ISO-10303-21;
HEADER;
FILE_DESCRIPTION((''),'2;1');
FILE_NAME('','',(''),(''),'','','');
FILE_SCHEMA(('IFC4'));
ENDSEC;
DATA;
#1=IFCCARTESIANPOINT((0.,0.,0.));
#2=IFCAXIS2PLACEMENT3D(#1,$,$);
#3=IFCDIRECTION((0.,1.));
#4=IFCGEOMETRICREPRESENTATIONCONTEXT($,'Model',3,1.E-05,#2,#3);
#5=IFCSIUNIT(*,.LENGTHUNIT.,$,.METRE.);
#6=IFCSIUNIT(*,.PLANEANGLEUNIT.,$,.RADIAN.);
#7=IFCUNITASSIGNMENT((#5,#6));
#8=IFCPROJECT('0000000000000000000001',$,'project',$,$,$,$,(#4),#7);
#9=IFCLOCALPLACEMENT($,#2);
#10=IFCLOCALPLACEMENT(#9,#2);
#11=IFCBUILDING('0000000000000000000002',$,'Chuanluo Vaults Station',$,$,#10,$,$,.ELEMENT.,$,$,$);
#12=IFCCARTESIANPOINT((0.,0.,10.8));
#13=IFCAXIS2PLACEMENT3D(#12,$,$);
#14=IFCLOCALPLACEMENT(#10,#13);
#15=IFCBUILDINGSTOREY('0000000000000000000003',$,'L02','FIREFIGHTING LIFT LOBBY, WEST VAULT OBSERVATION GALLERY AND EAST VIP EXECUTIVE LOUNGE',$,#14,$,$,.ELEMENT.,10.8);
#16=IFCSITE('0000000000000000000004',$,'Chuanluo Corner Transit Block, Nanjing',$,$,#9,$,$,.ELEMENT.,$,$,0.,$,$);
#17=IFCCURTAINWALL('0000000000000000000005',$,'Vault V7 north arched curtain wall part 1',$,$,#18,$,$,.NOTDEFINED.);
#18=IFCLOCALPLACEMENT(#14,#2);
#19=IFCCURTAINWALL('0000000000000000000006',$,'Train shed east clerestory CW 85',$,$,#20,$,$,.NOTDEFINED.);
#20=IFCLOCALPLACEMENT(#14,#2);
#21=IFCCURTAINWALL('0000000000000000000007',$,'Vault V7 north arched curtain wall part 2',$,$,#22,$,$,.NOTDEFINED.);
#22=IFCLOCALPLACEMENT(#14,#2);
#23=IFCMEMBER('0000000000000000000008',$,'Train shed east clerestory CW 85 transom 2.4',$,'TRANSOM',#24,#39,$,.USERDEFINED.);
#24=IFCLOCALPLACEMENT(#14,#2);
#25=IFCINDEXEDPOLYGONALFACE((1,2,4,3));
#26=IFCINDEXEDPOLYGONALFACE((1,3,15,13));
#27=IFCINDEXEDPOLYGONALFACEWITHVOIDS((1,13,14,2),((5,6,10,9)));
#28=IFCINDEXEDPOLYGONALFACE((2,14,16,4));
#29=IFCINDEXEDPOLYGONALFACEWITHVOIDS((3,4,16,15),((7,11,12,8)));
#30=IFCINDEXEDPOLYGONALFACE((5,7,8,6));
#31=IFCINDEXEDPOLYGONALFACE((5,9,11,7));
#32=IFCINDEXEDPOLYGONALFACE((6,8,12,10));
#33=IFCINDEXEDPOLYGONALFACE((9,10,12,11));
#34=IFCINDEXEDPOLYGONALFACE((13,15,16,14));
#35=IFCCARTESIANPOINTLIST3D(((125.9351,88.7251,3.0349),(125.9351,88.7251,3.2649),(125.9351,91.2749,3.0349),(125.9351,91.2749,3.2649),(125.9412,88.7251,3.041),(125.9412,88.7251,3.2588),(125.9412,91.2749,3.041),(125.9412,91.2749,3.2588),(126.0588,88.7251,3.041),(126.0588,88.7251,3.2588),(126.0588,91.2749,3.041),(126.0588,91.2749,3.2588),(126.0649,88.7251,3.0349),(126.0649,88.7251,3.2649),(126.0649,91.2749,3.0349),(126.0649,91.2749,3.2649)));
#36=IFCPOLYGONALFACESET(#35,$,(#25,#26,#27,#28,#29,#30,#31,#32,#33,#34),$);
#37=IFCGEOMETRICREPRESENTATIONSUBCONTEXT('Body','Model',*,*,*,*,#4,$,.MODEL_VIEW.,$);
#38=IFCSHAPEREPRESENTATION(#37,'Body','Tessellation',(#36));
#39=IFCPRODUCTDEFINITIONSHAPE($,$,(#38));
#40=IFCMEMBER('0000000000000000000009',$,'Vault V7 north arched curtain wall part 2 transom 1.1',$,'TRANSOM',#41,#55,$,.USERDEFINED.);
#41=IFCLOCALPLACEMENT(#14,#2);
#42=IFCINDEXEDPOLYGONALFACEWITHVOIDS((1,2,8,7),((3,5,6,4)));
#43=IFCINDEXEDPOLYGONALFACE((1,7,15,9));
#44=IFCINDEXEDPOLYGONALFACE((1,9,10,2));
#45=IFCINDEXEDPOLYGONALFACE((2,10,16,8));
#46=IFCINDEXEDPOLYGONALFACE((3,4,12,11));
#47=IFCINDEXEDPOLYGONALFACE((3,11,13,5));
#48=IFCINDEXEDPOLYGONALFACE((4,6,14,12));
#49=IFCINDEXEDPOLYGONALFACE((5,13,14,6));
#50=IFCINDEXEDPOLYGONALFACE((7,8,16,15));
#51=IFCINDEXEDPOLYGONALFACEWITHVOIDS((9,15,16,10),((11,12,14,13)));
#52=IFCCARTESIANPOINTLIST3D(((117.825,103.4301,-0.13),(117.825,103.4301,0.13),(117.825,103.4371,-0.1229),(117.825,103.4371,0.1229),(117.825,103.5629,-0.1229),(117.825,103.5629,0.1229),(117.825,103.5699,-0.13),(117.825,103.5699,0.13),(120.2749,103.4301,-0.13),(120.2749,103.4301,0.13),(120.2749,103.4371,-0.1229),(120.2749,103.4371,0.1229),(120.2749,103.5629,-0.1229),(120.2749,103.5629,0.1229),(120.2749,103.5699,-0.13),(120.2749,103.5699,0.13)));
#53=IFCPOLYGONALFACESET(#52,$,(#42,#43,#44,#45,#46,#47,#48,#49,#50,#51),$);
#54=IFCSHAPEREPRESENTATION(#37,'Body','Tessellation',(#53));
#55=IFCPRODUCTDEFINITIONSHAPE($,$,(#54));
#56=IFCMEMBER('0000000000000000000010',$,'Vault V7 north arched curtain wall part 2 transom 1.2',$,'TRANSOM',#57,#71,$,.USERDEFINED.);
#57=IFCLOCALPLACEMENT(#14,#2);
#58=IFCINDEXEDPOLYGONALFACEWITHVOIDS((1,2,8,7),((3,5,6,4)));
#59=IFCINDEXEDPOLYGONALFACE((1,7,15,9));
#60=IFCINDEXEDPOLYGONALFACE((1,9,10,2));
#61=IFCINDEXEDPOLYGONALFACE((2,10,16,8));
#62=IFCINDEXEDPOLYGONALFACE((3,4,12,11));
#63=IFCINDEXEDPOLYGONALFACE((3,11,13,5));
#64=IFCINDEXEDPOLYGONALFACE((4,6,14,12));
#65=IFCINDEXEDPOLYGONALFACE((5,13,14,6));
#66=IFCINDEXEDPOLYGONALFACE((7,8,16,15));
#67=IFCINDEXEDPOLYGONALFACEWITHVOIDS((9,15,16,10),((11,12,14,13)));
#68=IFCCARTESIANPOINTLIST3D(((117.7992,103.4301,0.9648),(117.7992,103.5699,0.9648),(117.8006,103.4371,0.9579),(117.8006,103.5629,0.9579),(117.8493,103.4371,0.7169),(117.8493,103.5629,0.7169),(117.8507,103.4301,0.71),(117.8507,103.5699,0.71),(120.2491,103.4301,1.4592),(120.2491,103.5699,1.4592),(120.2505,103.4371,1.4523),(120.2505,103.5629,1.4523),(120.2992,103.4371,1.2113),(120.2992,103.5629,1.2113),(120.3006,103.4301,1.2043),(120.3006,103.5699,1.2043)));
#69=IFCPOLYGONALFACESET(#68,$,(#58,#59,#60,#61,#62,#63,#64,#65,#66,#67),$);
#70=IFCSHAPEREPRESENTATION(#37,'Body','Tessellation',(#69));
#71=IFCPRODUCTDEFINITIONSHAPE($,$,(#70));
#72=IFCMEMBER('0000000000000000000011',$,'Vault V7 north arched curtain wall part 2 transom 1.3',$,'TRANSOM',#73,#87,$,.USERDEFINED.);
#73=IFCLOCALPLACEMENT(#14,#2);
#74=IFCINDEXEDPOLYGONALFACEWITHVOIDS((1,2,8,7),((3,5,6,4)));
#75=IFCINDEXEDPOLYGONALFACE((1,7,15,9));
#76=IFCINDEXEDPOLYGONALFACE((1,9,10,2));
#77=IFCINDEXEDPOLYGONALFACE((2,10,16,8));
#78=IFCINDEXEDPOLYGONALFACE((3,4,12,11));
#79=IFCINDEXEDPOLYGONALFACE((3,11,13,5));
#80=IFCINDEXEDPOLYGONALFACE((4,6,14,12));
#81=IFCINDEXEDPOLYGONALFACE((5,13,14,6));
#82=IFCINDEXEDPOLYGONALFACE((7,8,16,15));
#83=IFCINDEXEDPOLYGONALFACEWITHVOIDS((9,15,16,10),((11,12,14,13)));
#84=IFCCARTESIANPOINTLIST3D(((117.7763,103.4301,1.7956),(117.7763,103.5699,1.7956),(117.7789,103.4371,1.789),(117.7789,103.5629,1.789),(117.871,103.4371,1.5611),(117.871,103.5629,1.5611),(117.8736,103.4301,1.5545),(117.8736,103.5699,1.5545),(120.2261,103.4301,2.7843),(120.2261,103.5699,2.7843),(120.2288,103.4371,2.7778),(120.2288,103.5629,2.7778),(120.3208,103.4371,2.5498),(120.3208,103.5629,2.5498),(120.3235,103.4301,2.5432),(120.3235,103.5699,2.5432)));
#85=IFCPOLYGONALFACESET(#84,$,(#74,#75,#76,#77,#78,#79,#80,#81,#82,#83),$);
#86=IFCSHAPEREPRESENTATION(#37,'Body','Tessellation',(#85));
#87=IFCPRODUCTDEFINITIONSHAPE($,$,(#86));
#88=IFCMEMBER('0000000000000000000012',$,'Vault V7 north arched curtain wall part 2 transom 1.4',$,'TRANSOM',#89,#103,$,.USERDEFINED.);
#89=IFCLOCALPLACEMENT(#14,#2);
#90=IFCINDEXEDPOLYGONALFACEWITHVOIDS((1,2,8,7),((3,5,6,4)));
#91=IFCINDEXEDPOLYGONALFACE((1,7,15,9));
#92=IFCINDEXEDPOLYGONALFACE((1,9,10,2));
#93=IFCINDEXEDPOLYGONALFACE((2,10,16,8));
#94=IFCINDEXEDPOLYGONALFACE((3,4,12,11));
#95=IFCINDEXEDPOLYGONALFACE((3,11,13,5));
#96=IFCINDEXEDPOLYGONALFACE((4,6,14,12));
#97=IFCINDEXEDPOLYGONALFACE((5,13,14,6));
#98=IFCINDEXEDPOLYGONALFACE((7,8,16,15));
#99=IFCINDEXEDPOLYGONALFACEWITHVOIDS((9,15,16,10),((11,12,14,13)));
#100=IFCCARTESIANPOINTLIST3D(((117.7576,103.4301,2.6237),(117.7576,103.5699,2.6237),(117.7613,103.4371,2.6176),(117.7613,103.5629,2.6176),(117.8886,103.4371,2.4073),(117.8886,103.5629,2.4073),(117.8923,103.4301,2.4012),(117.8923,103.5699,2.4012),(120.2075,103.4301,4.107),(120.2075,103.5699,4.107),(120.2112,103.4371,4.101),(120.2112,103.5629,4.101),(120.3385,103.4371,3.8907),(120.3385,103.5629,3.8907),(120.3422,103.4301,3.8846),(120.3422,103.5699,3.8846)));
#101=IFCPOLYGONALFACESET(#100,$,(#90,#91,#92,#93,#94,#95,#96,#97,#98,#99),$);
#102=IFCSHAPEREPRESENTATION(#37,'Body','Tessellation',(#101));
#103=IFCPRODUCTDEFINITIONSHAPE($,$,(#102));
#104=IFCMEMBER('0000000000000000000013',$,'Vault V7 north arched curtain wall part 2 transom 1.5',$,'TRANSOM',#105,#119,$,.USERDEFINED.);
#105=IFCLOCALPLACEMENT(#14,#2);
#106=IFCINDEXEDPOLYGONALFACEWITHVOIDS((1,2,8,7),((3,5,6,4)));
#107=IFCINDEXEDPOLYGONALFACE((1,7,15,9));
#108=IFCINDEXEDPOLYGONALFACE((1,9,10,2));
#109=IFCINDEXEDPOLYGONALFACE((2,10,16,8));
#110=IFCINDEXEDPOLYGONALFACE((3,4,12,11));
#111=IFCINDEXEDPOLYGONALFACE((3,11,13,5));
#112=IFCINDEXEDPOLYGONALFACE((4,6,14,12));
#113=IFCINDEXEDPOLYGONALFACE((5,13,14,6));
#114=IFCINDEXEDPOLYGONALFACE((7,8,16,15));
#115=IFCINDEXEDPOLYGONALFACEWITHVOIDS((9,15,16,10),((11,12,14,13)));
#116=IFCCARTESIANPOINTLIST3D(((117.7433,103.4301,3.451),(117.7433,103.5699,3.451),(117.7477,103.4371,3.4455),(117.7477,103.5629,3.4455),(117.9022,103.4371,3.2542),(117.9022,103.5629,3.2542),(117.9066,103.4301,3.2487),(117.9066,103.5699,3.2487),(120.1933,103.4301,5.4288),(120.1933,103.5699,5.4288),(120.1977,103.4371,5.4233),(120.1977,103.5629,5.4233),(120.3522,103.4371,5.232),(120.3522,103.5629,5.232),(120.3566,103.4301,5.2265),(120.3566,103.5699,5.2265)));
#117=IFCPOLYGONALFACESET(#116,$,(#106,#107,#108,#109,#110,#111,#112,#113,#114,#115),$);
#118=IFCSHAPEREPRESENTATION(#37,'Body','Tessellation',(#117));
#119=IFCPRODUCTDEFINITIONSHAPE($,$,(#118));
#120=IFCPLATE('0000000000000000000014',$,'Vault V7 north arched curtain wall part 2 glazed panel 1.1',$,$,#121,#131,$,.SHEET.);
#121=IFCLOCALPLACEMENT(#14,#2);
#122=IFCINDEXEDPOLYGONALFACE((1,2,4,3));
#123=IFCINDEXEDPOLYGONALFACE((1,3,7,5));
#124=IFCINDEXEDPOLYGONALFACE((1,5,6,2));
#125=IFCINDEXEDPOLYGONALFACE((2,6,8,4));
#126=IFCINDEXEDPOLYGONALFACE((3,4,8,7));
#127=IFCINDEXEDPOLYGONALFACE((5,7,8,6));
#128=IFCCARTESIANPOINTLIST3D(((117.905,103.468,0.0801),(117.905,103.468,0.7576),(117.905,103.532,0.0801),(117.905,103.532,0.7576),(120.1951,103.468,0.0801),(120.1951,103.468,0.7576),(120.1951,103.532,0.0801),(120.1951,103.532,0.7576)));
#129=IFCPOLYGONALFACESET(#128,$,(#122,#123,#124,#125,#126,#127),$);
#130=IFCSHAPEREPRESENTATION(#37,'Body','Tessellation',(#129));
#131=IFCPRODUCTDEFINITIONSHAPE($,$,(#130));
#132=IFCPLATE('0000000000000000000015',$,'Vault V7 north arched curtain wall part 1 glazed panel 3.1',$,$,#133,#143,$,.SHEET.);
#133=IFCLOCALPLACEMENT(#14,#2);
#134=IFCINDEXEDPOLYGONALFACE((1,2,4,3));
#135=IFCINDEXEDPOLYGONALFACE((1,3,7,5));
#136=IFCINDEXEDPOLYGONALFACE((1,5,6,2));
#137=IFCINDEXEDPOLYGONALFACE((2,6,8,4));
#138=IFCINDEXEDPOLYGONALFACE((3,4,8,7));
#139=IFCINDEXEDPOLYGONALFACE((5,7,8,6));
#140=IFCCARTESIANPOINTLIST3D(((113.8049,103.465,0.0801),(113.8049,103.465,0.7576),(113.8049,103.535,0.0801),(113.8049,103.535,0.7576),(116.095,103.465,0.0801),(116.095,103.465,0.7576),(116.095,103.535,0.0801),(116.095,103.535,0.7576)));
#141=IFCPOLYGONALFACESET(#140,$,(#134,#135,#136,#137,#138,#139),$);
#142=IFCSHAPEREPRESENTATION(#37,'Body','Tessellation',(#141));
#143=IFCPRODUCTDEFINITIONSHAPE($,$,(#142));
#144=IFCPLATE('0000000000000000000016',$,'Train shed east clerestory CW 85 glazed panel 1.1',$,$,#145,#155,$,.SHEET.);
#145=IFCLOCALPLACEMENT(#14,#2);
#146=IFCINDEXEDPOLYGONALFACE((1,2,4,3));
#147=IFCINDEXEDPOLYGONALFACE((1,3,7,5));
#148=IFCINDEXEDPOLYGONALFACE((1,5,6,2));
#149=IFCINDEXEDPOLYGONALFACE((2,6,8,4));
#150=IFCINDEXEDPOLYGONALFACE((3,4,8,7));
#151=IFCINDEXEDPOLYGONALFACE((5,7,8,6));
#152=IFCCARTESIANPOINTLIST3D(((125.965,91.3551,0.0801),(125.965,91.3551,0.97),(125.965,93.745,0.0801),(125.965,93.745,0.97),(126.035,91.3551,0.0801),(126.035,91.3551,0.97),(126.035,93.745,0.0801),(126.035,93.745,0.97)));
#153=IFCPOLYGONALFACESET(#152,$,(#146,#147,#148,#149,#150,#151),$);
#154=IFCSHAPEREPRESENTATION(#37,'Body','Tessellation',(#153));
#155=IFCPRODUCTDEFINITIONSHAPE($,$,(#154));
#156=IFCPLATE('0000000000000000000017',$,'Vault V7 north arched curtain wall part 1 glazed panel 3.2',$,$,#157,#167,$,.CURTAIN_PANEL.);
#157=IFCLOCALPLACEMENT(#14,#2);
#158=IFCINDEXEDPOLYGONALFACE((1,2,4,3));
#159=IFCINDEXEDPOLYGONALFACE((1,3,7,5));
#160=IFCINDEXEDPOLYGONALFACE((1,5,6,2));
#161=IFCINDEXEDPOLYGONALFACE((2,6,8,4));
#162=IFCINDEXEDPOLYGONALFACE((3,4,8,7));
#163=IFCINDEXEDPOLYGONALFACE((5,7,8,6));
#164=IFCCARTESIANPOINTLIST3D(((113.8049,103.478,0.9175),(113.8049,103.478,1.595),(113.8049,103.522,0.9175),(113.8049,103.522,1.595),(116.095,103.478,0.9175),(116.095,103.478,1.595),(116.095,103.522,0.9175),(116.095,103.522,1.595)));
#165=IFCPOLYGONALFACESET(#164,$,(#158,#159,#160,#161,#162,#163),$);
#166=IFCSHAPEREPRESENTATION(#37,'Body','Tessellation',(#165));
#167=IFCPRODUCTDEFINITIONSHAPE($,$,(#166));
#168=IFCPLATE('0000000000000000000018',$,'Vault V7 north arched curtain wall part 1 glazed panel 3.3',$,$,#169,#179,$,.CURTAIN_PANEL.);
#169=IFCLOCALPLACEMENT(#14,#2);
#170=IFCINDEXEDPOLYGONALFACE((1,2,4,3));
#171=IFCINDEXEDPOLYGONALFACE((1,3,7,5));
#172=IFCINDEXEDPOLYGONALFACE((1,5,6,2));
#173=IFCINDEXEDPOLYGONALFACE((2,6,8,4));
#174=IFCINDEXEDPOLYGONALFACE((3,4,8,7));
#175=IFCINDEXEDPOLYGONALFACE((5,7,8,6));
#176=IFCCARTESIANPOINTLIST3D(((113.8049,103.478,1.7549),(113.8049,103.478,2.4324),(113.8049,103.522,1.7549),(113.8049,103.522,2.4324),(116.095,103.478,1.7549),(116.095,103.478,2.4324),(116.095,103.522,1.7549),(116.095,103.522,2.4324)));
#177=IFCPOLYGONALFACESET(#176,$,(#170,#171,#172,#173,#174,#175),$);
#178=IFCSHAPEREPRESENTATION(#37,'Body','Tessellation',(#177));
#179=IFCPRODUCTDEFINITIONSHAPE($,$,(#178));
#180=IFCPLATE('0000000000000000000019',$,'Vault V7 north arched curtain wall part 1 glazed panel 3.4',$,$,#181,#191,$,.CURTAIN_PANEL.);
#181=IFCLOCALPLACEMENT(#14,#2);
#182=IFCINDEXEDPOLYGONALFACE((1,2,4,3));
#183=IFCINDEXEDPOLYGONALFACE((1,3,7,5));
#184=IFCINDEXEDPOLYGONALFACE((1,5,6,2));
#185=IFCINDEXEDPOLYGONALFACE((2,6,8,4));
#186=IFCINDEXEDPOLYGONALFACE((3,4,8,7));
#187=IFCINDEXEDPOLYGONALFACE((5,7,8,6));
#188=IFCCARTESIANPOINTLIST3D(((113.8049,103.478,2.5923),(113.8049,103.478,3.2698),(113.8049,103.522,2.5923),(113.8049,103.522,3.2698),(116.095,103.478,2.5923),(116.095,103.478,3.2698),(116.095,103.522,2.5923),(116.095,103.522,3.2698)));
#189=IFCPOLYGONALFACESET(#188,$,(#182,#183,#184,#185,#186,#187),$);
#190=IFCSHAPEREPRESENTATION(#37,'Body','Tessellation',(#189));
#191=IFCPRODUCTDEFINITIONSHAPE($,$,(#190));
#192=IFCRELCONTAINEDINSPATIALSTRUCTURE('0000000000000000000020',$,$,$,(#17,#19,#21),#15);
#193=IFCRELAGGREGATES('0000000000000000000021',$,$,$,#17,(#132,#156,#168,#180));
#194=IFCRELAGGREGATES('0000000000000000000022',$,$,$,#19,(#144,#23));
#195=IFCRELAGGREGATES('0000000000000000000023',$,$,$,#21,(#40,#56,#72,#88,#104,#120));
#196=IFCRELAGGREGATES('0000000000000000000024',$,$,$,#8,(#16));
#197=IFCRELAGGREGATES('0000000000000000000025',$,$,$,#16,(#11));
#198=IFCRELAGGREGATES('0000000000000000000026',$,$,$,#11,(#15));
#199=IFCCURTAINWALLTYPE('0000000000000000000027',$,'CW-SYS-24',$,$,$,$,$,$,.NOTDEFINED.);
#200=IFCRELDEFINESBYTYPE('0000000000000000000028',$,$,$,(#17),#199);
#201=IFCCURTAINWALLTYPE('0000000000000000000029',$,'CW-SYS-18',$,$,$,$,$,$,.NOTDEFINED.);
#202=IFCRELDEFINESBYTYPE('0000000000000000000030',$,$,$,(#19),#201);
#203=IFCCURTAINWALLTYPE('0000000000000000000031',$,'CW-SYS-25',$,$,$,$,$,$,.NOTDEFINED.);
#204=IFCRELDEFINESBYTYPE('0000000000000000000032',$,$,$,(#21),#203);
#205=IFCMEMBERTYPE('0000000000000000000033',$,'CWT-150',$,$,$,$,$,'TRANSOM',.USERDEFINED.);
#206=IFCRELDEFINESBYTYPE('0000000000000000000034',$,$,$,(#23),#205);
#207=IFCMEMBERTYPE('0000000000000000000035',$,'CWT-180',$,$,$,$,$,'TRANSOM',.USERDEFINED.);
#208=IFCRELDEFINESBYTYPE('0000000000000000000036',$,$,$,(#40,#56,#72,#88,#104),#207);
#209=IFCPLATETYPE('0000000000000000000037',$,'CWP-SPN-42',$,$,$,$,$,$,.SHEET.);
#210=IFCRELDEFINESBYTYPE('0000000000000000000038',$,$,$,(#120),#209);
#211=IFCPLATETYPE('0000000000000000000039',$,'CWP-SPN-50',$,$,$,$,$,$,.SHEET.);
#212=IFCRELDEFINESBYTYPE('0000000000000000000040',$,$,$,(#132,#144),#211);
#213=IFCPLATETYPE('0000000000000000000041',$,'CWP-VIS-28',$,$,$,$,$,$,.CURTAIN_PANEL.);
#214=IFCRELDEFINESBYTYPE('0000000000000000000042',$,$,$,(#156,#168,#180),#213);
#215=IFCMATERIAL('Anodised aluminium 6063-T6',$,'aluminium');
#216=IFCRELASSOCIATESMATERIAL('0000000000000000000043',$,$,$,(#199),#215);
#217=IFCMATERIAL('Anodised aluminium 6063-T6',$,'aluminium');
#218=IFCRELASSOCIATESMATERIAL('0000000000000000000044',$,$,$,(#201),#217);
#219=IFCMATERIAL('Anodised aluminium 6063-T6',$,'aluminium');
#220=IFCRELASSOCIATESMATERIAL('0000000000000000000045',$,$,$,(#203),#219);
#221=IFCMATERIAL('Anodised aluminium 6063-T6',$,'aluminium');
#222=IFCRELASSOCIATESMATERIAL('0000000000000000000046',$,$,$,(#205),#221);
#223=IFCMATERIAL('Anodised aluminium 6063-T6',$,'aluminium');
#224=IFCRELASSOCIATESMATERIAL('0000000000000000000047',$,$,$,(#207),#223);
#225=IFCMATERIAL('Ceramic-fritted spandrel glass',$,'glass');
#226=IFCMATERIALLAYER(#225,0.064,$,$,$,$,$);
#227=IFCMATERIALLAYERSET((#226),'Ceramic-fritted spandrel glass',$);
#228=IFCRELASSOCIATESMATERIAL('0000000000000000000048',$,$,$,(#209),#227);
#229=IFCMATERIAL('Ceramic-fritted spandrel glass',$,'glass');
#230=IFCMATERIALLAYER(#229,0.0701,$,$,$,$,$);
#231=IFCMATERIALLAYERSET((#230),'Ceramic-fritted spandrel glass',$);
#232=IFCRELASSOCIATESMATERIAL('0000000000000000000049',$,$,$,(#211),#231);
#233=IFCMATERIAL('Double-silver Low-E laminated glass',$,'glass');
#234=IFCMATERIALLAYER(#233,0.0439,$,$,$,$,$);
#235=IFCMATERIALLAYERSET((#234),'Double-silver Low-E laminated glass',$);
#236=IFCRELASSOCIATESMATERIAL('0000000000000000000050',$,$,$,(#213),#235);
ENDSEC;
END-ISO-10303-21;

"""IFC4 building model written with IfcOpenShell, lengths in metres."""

from ifc_helpers import new_model, si_unit, direction, frame, origin, origin_2d, place, context, subcontext, project, spatial, rectangle, hollow_rectangle, extrude, material, layer, layer_set, material_profile, profile_set, type_object, element, aggregate, save


model = new_model("IFC4")

# Units and contexts
model_context = context("Model", 3, precision=1e-05, world=origin(), true_north=direction((0.0, 1.0)))
body_context = subcontext(model_context, "Body", "Model", "MODEL_VIEW")
ifc_project = project(units=[si_unit("LENGTHUNIT", "METRE"), si_unit("PLANEANGLEUNIT", "RADIAN")], contexts=[model_context])

# Site, building, storey
site_placement = place(None, origin())
site = spatial("IfcSite", under=ifc_project, at=site_placement, Name="Chuanluo Corner Transit Block, Nanjing", CompositionType="ELEMENT", RefElevation=0.0)
building_placement = place(site_placement, origin())
building = spatial("IfcBuilding", under=site, at=building_placement, Name="Chuanluo Vaults Station", CompositionType="ELEMENT")
storey_placement = place(building_placement, frame((0.0, 0.0, 10.8)))
storey = spatial("IfcBuildingStorey", under=building, at=storey_placement, Name="L02", Description="FIREFIGHTING LIFT LOBBY, WEST VAULT OBSERVATION GALLERY AND EAST VIP EXECUTIVE LOUNGE", CompositionType="ELEMENT", Elevation=10.8)

# Curtain walls
ifc_material_1 = material(Name="Anodised aluminium 6063-T6", Category="aluminium")
curtain_wall_type_1 = type_object("IfcCurtainWallType", Name="CW-SYS-24", PredefinedType="NOTDEFINED", material=ifc_material_1)
curtain_wall_1_placement = place(storey_placement, origin())
curtain_wall_1 = element("IfcCurtainWall", 1, at=curtain_wall_1_placement, inside=storey, type_object=curtain_wall_type_1, Name="Vault V7 north arched curtain wall part 1", PredefinedType="NOTDEFINED")
ifc_material_2 = material(Name="Anodised aluminium 6063-T6", Category="aluminium")
curtain_wall_type_2 = type_object("IfcCurtainWallType", Name="CW-SYS-18", PredefinedType="NOTDEFINED", material=ifc_material_2)
curtain_wall_2_placement = place(storey_placement, origin())
curtain_wall_2 = element("IfcCurtainWall", 2, at=curtain_wall_2_placement, inside=storey, type_object=curtain_wall_type_2, Name="Train shed east clerestory CW 85", PredefinedType="NOTDEFINED")
ifc_material_3 = material(Name="Anodised aluminium 6063-T6", Category="aluminium")
curtain_wall_type_3 = type_object("IfcCurtainWallType", Name="CW-SYS-25", PredefinedType="NOTDEFINED", material=ifc_material_3)
curtain_wall_3_placement = place(storey_placement, origin())
curtain_wall_3 = element("IfcCurtainWall", 3, at=curtain_wall_3_placement, inside=storey, type_object=curtain_wall_type_3, Name="Vault V7 north arched curtain wall part 2", PredefinedType="NOTDEFINED")

# Members
ifc_material_4 = material(Name="Anodised aluminium 6063-T6", Category="aluminium")
ifc_material_profile_1 = material_profile(ifc_material_4, hollow_rectangle(XDim=0.1299, YDim=0.23, WallThickness=0.0061, at=origin_2d()))
ifc_profile_set_1 = profile_set([ifc_material_profile_1], Name="Anodised aluminium 6063-T6")
member_type_1 = type_object("IfcMemberType", Name="CWT-150", ElementType="TRANSOM", PredefinedType="USERDEFINED", material=ifc_profile_set_1)
member_1_placement = place(storey_placement, frame((126.0, 91.2749, 3.1499), z_axis=(0.0, -1.0, 0.0), x_axis=(1.0, 0.0, 0.0)))
member_1 = element("IfcMember", 4, at=member_1_placement, type_object=member_type_1, Name="Train shed east clerestory CW 85 transom 2.4", ObjectType="TRANSOM", PredefinedType="USERDEFINED", context=body_context, shape_type="SweptSolid", body=[
    extrude(hollow_rectangle(XDim=0.1299, YDim=0.23, WallThickness=0.0061, at=origin_2d()), origin(), (0.0, 0.0, 1.0), 2.5498),
])
ifc_material_5 = material(Name="Anodised aluminium 6063-T6", Category="aluminium")
ifc_material_profile_2 = material_profile(ifc_material_5, hollow_rectangle(XDim=0.1399, YDim=0.26, WallThickness=0.0071, at=origin_2d()))
ifc_profile_set_2 = profile_set([ifc_material_profile_2], Name="Anodised aluminium 6063-T6")
member_type_2 = type_object("IfcMemberType", Name="CWT-180", ElementType="TRANSOM", PredefinedType="USERDEFINED", material=ifc_profile_set_2)
member_2_placement = place(storey_placement, frame((117.825, 103.5, 0.0), z_axis=(1.0, 0.0, 0.0), x_axis=(0.0, 1.0, 0.0)))
member_2 = element("IfcMember", 5, at=member_2_placement, type_object=member_type_2, Name="Vault V7 north arched curtain wall part 2 transom 1.1", ObjectType="TRANSOM", PredefinedType="USERDEFINED", context=body_context, shape_type="SweptSolid", body=[
    extrude(hollow_rectangle(XDim=0.1399, YDim=0.26, WallThickness=0.0071, at=origin_2d()), origin(), (0.0, 0.0, 1.0), 2.45),
])
member_3_placement = place(storey_placement, frame((117.825, 103.5, 0.8374), z_axis=(0.980241, 0.0, 0.197806), x_axis=(0.0, 1.0, 0.0)))
member_3 = element("IfcMember", 6, at=member_3_placement, type_object=member_type_2, Name="Vault V7 north arched curtain wall part 2 transom 1.2", ObjectType="TRANSOM", PredefinedType="USERDEFINED", context=body_context, shape_type="SweptSolid", body=[
    extrude(hollow_rectangle(XDim=0.1399, YDim=0.26, WallThickness=0.0071, at=origin_2d()), origin(), (0.0, 0.0, 1.0), 2.4993),
])
member_4_placement = place(storey_placement, frame((117.825, 103.5, 1.675), z_axis=(0.927325, 0.0, 0.374257), x_axis=(0.0, 1.0, 0.0)))
member_4 = element("IfcMember", 7, at=member_4_placement, type_object=member_type_2, Name="Vault V7 north arched curtain wall part 2 transom 1.3", ObjectType="TRANSOM", PredefinedType="USERDEFINED", context=body_context, shape_type="SweptSolid", body=[
    extrude(hollow_rectangle(XDim=0.1399, YDim=0.26, WallThickness=0.0071, at=origin_2d()), origin(), (0.0, 0.0, 1.0), 2.6418),
])
member_5_placement = place(storey_placement, frame((117.825, 103.5, 2.5125), z_axis=(0.855418, 0.0, 0.517939), x_axis=(0.0, 1.0, 0.0)))
member_5 = element("IfcMember", 8, at=member_5_placement, type_object=member_type_2, Name="Vault V7 north arched curtain wall part 2 transom 1.4", ObjectType="TRANSOM", PredefinedType="USERDEFINED", context=body_context, shape_type="SweptSolid", body=[
    extrude(hollow_rectangle(XDim=0.1399, YDim=0.26, WallThickness=0.0071, at=origin_2d()), origin(), (0.0, 0.0, 1.0), 2.864),
])
member_6_placement = place(storey_placement, frame((117.825, 103.5, 3.3499), z_axis=(0.7781, 0.0, 0.62814), x_axis=(0.0, 1.0, 0.0)))
member_6 = element("IfcMember", 9, at=member_6_placement, type_object=member_type_2, Name="Vault V7 north arched curtain wall part 2 transom 1.5", ObjectType="TRANSOM", PredefinedType="USERDEFINED", context=body_context, shape_type="SweptSolid", body=[
    extrude(hollow_rectangle(XDim=0.1399, YDim=0.26, WallThickness=0.0071, at=origin_2d()), origin(), (0.0, 0.0, 1.0), 3.1487),
])

# Plates
ifc_material_6 = material(Name="Ceramic-fritted spandrel glass", Category="glass")
ifc_layer_1 = layer(ifc_material_6, 0.064)
ifc_layer_set_1 = layer_set([ifc_layer_1], Name="Ceramic-fritted spandrel glass")
plate_type_1 = type_object("IfcPlateType", Name="CWP-SPN-42", PredefinedType="SHEET", material=ifc_layer_set_1)
plate_1_placement = place(storey_placement, frame((119.05, 103.5, 0.0801), z_axis=(0.0, 0.0, 1.0), x_axis=(1.0, 0.0, 0.0)))
plate_1 = element("IfcPlate", 10, at=plate_1_placement, type_object=plate_type_1, Name="Vault V7 north arched curtain wall part 2 glazed panel 1.1", PredefinedType="SHEET", context=body_context, shape_type="SweptSolid", body=[
    extrude(rectangle(XDim=2.29, YDim=0.064, at=origin_2d()), origin(), (0.0, 0.0, 1.0), 0.6775),
])
ifc_material_7 = material(Name="Ceramic-fritted spandrel glass", Category="glass")
ifc_layer_2 = layer(ifc_material_7, 0.0701)
ifc_layer_set_2 = layer_set([ifc_layer_2], Name="Ceramic-fritted spandrel glass")
plate_type_2 = type_object("IfcPlateType", Name="CWP-SPN-50", PredefinedType="SHEET", material=ifc_layer_set_2)
plate_2_placement = place(storey_placement, frame((114.95, 103.5, 0.0801), z_axis=(0.0, 0.0, 1.0), x_axis=(1.0, 0.0, 0.0)))
plate_2 = element("IfcPlate", 11, at=plate_2_placement, type_object=plate_type_2, Name="Vault V7 north arched curtain wall part 1 glazed panel 3.1", PredefinedType="SHEET", context=body_context, shape_type="SweptSolid", body=[
    extrude(rectangle(XDim=2.29, YDim=0.0701, at=origin_2d()), origin(), (0.0, 0.0, 1.0), 0.6775),
])
plate_3_placement = place(storey_placement, frame((126.0, 92.55, 0.0801), z_axis=(0.0, 0.0, 1.0), x_axis=(0.0, -1.0, 0.0)))
plate_3 = element("IfcPlate", 12, at=plate_3_placement, type_object=plate_type_2, Name="Train shed east clerestory CW 85 glazed panel 1.1", PredefinedType="SHEET", context=body_context, shape_type="SweptSolid", body=[
    extrude(rectangle(XDim=2.3899, YDim=0.0701, at=origin_2d()), origin(), (0.0, 0.0, 1.0), 0.8899),
])
ifc_material_8 = material(Name="Double-silver Low-E laminated glass", Category="glass")
ifc_layer_3 = layer(ifc_material_8, 0.0439)
ifc_layer_set_3 = layer_set([ifc_layer_3], Name="Double-silver Low-E laminated glass")
plate_type_3 = type_object("IfcPlateType", Name="CWP-VIS-28", PredefinedType="CURTAIN_PANEL", material=ifc_layer_set_3)
plate_4_placement = place(storey_placement, frame((114.95, 103.5, 0.9175), z_axis=(0.0, 0.0, 1.0), x_axis=(1.0, 0.0, 0.0)))
plate_4 = element("IfcPlate", 13, at=plate_4_placement, type_object=plate_type_3, Name="Vault V7 north arched curtain wall part 1 glazed panel 3.2", PredefinedType="CURTAIN_PANEL", context=body_context, shape_type="SweptSolid", body=[
    extrude(rectangle(XDim=2.29, YDim=0.0439, at=origin_2d()), origin(), (0.0, 0.0, 1.0), 0.6775),
])
plate_5_placement = place(storey_placement, frame((114.95, 103.5, 1.7549), z_axis=(0.0, 0.0, 1.0), x_axis=(1.0, 0.0, 0.0)))
plate_5 = element("IfcPlate", 14, at=plate_5_placement, type_object=plate_type_3, Name="Vault V7 north arched curtain wall part 1 glazed panel 3.3", PredefinedType="CURTAIN_PANEL", context=body_context, shape_type="SweptSolid", body=[
    extrude(rectangle(XDim=2.29, YDim=0.0439, at=origin_2d()), origin(), (0.0, 0.0, 1.0), 0.6775),
])
plate_6_placement = place(storey_placement, frame((114.95, 103.5, 2.5923), z_axis=(0.0, 0.0, 1.0), x_axis=(1.0, 0.0, 0.0)))
plate_6 = element("IfcPlate", 15, at=plate_6_placement, type_object=plate_type_3, Name="Vault V7 north arched curtain wall part 1 glazed panel 3.4", PredefinedType="CURTAIN_PANEL", context=body_context, shape_type="SweptSolid", body=[
    extrude(rectangle(XDim=2.29, YDim=0.0439, at=origin_2d()), origin(), (0.0, 0.0, 1.0), 0.6775),
])
aggregate(curtain_wall_1, [plate_2, plate_4, plate_5, plate_6])
aggregate(curtain_wall_2, [plate_3, member_1])
aggregate(curtain_wall_3, [member_2, member_3, member_4, member_5, member_6, plate_1])

save(model, "model.ifc")
